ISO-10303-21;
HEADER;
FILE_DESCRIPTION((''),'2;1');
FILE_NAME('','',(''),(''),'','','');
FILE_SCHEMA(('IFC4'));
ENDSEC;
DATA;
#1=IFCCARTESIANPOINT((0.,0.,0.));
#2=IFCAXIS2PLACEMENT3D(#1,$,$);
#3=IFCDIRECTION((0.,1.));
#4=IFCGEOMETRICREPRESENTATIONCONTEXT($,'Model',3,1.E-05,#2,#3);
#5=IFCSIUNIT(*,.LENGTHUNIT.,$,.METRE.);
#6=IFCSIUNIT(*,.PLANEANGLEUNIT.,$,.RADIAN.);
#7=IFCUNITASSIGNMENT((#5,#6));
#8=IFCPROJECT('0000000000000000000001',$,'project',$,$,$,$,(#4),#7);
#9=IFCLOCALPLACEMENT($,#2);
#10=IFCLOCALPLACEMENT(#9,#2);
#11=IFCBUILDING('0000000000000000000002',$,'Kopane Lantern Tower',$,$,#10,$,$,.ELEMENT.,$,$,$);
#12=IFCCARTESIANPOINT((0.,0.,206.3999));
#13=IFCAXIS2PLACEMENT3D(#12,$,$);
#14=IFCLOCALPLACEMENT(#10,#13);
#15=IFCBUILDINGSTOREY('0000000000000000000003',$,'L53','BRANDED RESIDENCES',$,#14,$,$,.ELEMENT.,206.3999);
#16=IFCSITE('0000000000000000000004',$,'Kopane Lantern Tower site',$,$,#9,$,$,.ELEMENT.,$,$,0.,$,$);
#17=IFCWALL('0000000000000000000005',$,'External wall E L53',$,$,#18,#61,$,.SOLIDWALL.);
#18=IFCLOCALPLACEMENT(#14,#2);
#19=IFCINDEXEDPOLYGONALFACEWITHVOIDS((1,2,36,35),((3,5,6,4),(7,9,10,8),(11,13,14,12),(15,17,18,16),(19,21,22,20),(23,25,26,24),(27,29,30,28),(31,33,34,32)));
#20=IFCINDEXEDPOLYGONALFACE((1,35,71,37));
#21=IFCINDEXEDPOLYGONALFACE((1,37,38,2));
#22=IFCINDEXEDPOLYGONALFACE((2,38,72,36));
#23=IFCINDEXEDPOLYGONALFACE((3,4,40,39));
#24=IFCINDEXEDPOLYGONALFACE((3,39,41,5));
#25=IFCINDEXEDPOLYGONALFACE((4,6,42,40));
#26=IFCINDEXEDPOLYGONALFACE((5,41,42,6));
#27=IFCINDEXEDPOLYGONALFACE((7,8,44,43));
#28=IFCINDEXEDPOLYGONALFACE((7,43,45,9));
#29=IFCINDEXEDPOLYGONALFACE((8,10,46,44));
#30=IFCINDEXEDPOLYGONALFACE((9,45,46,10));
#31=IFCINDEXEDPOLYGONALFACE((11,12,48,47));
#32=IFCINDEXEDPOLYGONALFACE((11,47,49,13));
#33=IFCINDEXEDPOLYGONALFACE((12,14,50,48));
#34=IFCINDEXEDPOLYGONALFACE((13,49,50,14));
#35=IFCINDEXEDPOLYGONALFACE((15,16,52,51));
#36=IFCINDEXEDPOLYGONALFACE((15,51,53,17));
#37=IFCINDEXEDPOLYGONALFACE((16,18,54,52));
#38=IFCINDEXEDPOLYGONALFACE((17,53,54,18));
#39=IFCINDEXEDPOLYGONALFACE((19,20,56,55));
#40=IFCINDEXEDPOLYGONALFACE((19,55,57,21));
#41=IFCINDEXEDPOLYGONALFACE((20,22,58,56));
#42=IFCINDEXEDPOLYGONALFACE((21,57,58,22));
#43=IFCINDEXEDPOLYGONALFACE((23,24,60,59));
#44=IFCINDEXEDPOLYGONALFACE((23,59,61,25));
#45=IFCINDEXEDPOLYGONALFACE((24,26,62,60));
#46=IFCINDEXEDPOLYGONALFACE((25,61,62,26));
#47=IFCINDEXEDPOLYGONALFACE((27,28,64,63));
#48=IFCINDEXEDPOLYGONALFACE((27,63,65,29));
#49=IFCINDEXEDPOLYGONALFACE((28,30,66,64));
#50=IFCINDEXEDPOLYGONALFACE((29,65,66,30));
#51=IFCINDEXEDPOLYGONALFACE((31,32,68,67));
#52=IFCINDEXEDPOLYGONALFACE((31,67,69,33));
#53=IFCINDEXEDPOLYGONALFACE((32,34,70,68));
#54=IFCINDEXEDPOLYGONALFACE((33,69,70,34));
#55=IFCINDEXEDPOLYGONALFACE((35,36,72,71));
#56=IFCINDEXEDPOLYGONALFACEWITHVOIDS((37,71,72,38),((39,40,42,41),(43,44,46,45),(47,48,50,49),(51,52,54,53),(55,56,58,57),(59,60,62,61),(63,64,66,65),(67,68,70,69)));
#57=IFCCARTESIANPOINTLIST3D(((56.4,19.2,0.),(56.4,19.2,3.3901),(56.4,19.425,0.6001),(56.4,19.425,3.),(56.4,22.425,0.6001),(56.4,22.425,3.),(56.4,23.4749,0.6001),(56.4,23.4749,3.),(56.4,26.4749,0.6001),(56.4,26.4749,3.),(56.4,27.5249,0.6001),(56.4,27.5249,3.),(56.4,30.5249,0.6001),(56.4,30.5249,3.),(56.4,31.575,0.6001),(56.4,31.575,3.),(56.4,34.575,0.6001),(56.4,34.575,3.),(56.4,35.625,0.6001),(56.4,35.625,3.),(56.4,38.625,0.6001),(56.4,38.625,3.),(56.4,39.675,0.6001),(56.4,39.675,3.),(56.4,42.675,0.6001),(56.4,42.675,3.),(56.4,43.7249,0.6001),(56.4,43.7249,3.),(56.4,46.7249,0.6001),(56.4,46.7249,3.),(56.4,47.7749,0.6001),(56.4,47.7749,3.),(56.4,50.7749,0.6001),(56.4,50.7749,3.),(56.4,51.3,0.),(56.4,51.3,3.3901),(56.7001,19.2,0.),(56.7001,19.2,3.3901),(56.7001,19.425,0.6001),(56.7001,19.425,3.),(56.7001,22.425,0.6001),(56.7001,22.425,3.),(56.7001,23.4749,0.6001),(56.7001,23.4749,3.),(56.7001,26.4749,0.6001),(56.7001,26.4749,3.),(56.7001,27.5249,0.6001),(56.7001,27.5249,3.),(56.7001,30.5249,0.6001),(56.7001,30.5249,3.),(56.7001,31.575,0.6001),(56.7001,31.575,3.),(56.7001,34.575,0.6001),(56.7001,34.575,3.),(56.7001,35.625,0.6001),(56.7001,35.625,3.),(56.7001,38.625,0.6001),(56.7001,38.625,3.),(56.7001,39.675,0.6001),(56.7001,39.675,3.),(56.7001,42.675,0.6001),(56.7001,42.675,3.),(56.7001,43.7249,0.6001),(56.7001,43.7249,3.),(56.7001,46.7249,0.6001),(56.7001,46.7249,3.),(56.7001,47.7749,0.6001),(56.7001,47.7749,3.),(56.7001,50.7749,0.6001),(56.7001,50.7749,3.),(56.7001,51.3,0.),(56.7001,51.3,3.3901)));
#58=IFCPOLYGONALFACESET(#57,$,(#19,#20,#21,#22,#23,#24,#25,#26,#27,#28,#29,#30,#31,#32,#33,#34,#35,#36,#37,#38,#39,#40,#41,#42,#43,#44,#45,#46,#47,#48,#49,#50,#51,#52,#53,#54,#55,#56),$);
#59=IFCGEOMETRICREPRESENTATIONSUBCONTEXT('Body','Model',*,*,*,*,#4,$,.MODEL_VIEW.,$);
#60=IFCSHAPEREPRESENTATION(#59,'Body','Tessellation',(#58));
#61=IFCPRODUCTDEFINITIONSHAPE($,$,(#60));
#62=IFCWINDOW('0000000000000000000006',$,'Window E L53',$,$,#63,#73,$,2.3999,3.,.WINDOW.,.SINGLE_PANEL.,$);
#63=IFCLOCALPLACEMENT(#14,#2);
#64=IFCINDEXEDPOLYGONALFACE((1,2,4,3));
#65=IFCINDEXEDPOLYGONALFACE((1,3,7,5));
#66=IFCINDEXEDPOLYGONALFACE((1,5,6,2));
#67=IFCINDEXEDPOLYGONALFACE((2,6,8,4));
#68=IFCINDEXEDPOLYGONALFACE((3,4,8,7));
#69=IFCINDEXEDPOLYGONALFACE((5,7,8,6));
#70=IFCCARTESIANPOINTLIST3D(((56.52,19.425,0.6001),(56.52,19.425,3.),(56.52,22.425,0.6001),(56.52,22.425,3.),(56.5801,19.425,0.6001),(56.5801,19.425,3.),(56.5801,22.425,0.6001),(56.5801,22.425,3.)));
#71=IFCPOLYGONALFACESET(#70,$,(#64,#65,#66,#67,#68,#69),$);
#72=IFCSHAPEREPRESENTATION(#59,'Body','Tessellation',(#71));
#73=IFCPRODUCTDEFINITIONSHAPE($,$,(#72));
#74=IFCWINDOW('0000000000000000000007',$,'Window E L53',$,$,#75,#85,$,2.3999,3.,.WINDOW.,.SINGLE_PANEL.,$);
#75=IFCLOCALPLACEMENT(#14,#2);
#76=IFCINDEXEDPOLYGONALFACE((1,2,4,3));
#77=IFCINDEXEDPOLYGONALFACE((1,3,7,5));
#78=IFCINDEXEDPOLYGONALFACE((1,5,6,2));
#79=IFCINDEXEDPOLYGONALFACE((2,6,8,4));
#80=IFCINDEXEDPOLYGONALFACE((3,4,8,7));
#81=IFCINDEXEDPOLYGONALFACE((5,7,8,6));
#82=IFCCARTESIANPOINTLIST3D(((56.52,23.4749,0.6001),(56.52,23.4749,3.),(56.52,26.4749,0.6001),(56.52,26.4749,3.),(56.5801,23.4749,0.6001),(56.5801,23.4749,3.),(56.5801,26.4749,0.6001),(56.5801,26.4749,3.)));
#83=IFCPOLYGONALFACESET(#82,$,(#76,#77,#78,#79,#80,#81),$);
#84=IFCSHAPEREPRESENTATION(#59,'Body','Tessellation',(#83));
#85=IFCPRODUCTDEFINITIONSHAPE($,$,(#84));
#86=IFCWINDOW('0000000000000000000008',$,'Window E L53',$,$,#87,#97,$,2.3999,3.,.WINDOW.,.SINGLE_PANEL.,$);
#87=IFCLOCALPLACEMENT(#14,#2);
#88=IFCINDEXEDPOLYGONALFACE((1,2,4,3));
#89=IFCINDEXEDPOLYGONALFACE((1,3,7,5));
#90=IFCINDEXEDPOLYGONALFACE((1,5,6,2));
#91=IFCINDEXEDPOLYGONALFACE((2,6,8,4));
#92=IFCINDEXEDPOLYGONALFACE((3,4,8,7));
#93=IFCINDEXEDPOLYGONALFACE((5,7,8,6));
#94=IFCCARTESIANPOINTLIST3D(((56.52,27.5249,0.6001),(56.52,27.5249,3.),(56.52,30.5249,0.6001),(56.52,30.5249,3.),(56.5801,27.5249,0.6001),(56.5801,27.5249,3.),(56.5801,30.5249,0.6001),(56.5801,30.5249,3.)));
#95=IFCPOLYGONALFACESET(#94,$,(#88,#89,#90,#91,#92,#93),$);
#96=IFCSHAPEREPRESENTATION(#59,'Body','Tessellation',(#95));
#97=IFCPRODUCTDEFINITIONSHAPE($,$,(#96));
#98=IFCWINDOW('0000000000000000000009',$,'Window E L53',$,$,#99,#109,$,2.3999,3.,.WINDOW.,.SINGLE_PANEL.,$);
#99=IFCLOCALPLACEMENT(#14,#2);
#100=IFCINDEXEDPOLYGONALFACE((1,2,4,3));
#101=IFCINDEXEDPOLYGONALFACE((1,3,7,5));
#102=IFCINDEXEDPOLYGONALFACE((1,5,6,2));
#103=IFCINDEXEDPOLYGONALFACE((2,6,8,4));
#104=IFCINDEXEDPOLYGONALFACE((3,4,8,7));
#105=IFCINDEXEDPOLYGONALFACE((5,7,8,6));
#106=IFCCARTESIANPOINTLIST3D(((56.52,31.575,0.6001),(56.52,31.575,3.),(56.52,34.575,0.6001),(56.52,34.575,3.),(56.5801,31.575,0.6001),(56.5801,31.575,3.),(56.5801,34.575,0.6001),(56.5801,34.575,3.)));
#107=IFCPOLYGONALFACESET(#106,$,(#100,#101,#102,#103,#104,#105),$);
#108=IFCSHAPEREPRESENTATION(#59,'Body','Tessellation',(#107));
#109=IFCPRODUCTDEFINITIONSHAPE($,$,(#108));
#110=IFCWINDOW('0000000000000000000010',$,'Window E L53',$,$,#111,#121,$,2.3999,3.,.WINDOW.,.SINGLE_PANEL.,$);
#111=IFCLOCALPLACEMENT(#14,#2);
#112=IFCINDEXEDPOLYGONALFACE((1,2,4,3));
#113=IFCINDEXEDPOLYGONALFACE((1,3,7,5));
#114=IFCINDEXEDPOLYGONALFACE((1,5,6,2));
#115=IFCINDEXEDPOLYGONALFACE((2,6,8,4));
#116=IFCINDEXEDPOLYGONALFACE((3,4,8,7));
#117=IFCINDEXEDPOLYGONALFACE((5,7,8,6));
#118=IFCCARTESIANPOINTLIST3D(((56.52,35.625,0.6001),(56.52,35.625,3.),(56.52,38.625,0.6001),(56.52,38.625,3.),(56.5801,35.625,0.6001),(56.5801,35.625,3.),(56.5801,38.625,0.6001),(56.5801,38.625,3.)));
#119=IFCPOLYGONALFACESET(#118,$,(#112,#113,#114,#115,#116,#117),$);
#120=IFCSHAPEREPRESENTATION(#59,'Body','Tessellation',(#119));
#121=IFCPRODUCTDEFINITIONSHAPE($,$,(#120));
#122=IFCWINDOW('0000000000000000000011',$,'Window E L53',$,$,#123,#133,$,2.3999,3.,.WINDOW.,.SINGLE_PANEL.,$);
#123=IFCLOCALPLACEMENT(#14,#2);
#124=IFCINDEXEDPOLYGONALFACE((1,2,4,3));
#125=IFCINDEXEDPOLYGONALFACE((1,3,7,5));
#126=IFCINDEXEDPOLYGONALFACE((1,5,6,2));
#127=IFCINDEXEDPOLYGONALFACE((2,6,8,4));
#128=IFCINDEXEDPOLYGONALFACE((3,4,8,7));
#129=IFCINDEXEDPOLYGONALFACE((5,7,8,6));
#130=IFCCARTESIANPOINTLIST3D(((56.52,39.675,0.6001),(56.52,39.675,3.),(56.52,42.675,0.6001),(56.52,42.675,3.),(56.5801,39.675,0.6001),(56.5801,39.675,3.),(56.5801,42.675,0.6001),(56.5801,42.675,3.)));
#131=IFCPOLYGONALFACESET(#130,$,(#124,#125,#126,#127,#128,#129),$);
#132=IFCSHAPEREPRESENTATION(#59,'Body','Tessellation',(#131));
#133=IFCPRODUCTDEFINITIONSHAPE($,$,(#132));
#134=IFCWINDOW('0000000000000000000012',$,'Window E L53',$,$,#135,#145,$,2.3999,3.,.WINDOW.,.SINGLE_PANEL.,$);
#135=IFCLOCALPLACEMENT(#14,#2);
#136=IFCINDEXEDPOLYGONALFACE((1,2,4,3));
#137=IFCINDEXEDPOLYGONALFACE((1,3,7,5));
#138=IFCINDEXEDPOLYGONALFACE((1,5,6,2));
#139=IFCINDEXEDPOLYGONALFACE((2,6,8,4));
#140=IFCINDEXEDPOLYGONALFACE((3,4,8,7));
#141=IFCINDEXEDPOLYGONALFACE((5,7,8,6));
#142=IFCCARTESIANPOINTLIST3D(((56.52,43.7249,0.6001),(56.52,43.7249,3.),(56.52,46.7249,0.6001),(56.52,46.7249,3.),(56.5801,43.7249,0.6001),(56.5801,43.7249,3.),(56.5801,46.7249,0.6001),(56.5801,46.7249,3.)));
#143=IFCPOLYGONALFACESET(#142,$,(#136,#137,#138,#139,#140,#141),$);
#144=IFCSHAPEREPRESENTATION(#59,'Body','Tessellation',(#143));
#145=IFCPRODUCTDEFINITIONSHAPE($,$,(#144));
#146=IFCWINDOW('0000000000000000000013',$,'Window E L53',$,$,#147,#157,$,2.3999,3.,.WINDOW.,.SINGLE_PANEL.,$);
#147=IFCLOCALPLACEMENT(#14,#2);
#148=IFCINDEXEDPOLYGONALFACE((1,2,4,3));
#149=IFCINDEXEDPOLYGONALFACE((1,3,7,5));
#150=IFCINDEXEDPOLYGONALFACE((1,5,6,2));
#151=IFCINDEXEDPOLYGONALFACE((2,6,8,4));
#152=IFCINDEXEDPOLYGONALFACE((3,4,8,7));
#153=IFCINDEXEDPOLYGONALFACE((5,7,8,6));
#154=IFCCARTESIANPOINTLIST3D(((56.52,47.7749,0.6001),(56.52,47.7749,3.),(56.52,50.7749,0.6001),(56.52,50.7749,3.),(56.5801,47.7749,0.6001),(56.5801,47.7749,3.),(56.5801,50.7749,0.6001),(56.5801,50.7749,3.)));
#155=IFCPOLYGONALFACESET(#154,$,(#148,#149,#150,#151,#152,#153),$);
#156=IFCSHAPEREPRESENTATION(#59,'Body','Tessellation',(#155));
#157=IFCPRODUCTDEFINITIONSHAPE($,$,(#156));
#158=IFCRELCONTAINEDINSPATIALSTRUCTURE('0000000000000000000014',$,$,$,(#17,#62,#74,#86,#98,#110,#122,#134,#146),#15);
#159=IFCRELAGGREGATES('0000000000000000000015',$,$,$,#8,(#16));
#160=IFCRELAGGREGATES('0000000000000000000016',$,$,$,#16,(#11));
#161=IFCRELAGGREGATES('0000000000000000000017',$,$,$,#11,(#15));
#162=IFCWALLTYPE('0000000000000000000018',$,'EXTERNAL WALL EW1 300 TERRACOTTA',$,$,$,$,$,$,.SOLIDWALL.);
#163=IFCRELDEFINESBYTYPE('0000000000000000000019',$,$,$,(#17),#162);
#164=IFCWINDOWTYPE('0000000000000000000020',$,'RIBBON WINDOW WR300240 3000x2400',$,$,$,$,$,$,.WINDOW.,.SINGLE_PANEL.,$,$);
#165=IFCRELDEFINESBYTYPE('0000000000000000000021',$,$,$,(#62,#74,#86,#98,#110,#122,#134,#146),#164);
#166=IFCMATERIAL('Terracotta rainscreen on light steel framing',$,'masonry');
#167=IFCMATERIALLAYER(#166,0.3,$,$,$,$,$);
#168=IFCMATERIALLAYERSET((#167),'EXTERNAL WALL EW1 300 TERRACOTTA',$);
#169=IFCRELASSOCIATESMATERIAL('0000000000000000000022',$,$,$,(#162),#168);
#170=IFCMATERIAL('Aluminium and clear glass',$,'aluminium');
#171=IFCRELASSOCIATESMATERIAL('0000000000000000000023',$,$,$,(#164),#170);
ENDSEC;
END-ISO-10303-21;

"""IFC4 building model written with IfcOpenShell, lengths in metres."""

from ifc_helpers import new_model, si_unit, direction, frame, frame_2d, origin, place, context, subcontext, project, spatial, rectangle, extrude, material, layer, layer_set, type_object, element, fill, save


model = new_model("IFC4")

# Units and contexts
model_context = context("Model", 3, precision=1e-05, world=origin(), true_north=direction((0.0, 1.0)))
body_context = subcontext(model_context, "Body", "Model", "MODEL_VIEW")
ifc_project = project(units=[si_unit("LENGTHUNIT", "METRE"), si_unit("PLANEANGLEUNIT", "RADIAN")], contexts=[model_context])

# Site, building, storey
site_placement = place(None, origin())
site = spatial("IfcSite", under=ifc_project, at=site_placement, Name="Kopane Lantern Tower site", CompositionType="ELEMENT", RefElevation=0.0)
building_placement = place(site_placement, origin())
building = spatial("IfcBuilding", under=site, at=building_placement, Name="Kopane Lantern Tower", CompositionType="ELEMENT")
storey_placement = place(building_placement, frame((0.0, 0.0, 206.3999)))
storey = spatial("IfcBuildingStorey", under=building, at=storey_placement, Name="L53", Description="BRANDED RESIDENCES", CompositionType="ELEMENT", Elevation=206.3999)

# Shared definitions
ifc_material_1 = material(Name="Terracotta rainscreen on light steel framing", Category="masonry")
ifc_layer_1 = layer(ifc_material_1, 0.3)
ifc_layer_set_1 = layer_set([ifc_layer_1], Name="EXTERNAL WALL EW1 300 TERRACOTTA")
wall_type_1 = type_object("IfcWallType", Name="EXTERNAL WALL EW1 300 TERRACOTTA", PredefinedType="SOLIDWALL", material=ifc_layer_set_1)

# Wall, openings, windows
wall_1_placement = place(storey_placement, frame((56.55, 19.2, 0.0), z_axis=(0.0, 0.0, 1.0), x_axis=(0.0, 1.0, 0.0)))
wall_1 = element("IfcWall", 1, at=wall_1_placement, inside=storey, type_object=wall_type_1, Name="External wall E L53", PredefinedType="SOLIDWALL", context=body_context, shape_type="SweptSolid", body=[
    extrude(rectangle(XDim=32.1001, YDim=0.3, at=frame_2d((16.05, 0.0))), origin(), (0.0, 0.0, 1.0), 3.3901),
])
opening_1_placement = place(wall_1_placement, frame((0.2251, 0.0, 0.6001)))
opening_1 = element("IfcOpeningElement", 2, at=opening_1_placement, cuts=wall_1, PredefinedType="OPENING", context=body_context, shape_type="SweptSolid", body=[
    extrude(rectangle(XDim=3.0, YDim=2.3999, at=frame_2d((1.5, 1.2))), frame((0.0, 0.1599, 0.0), z_axis=(0.0, -1.0, 0.0), x_axis=(1.0, 0.0, 0.0)), (0.0, 0.0, 1.0), 0.3201),
])
opening_2_placement = place(wall_1_placement, frame((4.2749, 0.0, 0.6001)))
opening_2 = element("IfcOpeningElement", 3, at=opening_2_placement, cuts=wall_1, PredefinedType="OPENING", context=body_context, shape_type="SweptSolid", body=[
    extrude(rectangle(XDim=3.0, YDim=2.3999, at=frame_2d((1.5, 1.2))), frame((0.0, 0.1599, 0.0), z_axis=(0.0, -1.0, 0.0), x_axis=(1.0, 0.0, 0.0)), (0.0, 0.0, 1.0), 0.3201),
])
opening_3_placement = place(wall_1_placement, frame((8.325, 0.0, 0.6001)))
opening_3 = element("IfcOpeningElement", 4, at=opening_3_placement, cuts=wall_1, PredefinedType="OPENING", context=body_context, shape_type="SweptSolid", body=[
    extrude(rectangle(XDim=3.0, YDim=2.3999, at=frame_2d((1.5, 1.2))), frame((0.0, 0.1599, 0.0), z_axis=(0.0, -1.0, 0.0), x_axis=(1.0, 0.0, 0.0)), (0.0, 0.0, 1.0), 0.3201),
])
opening_4_placement = place(wall_1_placement, frame((12.375, 0.0, 0.6001)))
opening_4 = element("IfcOpeningElement", 5, at=opening_4_placement, cuts=wall_1, PredefinedType="OPENING", context=body_context, shape_type="SweptSolid", body=[
    extrude(rectangle(XDim=3.0, YDim=2.3999, at=frame_2d((1.5, 1.2))), frame((0.0, 0.1599, 0.0), z_axis=(0.0, -1.0, 0.0), x_axis=(1.0, 0.0, 0.0)), (0.0, 0.0, 1.0), 0.3201),
])
opening_5_placement = place(wall_1_placement, frame((16.425, 0.0, 0.6001)))
opening_5 = element("IfcOpeningElement", 6, at=opening_5_placement, cuts=wall_1, PredefinedType="OPENING", context=body_context, shape_type="SweptSolid", body=[
    extrude(rectangle(XDim=3.0, YDim=2.3999, at=frame_2d((1.5, 1.2))), frame((0.0, 0.1599, 0.0), z_axis=(0.0, -1.0, 0.0), x_axis=(1.0, 0.0, 0.0)), (0.0, 0.0, 1.0), 0.3201),
])
opening_6_placement = place(wall_1_placement, frame((20.4751, 0.0, 0.6001)))
opening_6 = element("IfcOpeningElement", 7, at=opening_6_placement, cuts=wall_1, PredefinedType="OPENING", context=body_context, shape_type="SweptSolid", body=[
    extrude(rectangle(XDim=3.0, YDim=2.3999, at=frame_2d((1.5, 1.2))), frame((0.0, 0.1599, 0.0), z_axis=(0.0, -1.0, 0.0), x_axis=(1.0, 0.0, 0.0)), (0.0, 0.0, 1.0), 0.3201),
])
opening_7_placement = place(wall_1_placement, frame((24.5249, 0.0, 0.6001)))
opening_7 = element("IfcOpeningElement", 8, at=opening_7_placement, cuts=wall_1, PredefinedType="OPENING", context=body_context, shape_type="SweptSolid", body=[
    extrude(rectangle(XDim=3.0, YDim=2.3999, at=frame_2d((1.5, 1.2))), frame((0.0, 0.1599, 0.0), z_axis=(0.0, -1.0, 0.0), x_axis=(1.0, 0.0, 0.0)), (0.0, 0.0, 1.0), 0.3201),
])
opening_8_placement = place(wall_1_placement, frame((28.575, 0.0, 0.6001)))
opening_8 = element("IfcOpeningElement", 9, at=opening_8_placement, cuts=wall_1, PredefinedType="OPENING", context=body_context, shape_type="SweptSolid", body=[
    extrude(rectangle(XDim=3.0, YDim=2.3999, at=frame_2d((1.5, 1.2))), frame((0.0, 0.1599, 0.0), z_axis=(0.0, -1.0, 0.0), x_axis=(1.0, 0.0, 0.0)), (0.0, 0.0, 1.0), 0.3201),
])
ifc_material_2 = material(Name="Aluminium and clear glass", Category="aluminium")
window_type_1 = type_object("IfcWindowType", Name="RIBBON WINDOW WR300240 3000x2400", PartitioningType="SINGLE_PANEL", PredefinedType="WINDOW", material=ifc_material_2)
window_1_placement = place(opening_1_placement, origin())
window_1 = element("IfcWindow", 10, at=window_1_placement, inside=storey, type_object=window_type_1, Name="Window E L53", OverallHeight=2.3999, OverallWidth=3.0, PartitioningType="SINGLE_PANEL", PredefinedType="WINDOW", context=body_context, shape_type="SweptSolid", body=[
    extrude(rectangle(XDim=3.0, YDim=2.3999, at=frame_2d((1.5, 1.2))), frame((0.0, 0.03, 0.0), z_axis=(0.0, -1.0, 0.0), x_axis=(1.0, 0.0, 0.0)), (0.0, 0.0, 1.0), 0.0601),
])
fill(opening_1, window_1)
window_2_placement = place(opening_2_placement, origin())
window_2 = element("IfcWindow", 11, at=window_2_placement, inside=storey, type_object=window_type_1, Name="Window E L53", OverallHeight=2.3999, OverallWidth=3.0, PartitioningType="SINGLE_PANEL", PredefinedType="WINDOW", context=body_context, shape_type="SweptSolid", body=[
    extrude(rectangle(XDim=3.0, YDim=2.3999, at=frame_2d((1.5, 1.2))), frame((0.0, 0.03, 0.0), z_axis=(0.0, -1.0, 0.0), x_axis=(1.0, 0.0, 0.0)), (0.0, 0.0, 1.0), 0.0601),
])
fill(opening_2, window_2)
window_3_placement = place(opening_3_placement, origin())
window_3 = element("IfcWindow", 12, at=window_3_placement, inside=storey, type_object=window_type_1, Name="Window E L53", OverallHeight=2.3999, OverallWidth=3.0, PartitioningType="SINGLE_PANEL", PredefinedType="WINDOW", context=body_context, shape_type="SweptSolid", body=[
    extrude(rectangle(XDim=3.0, YDim=2.3999, at=frame_2d((1.5, 1.2))), frame((0.0, 0.03, 0.0), z_axis=(0.0, -1.0, 0.0), x_axis=(1.0, 0.0, 0.0)), (0.0, 0.0, 1.0), 0.0601),
])
fill(opening_3, window_3)
window_4_placement = place(opening_4_placement, origin())
window_4 = element("IfcWindow", 13, at=window_4_placement, inside=storey, type_object=window_type_1, Name="Window E L53", OverallHeight=2.3999, OverallWidth=3.0, PartitioningType="SINGLE_PANEL", PredefinedType="WINDOW", context=body_context, shape_type="SweptSolid", body=[
    extrude(rectangle(XDim=3.0, YDim=2.3999, at=frame_2d((1.5, 1.2))), frame((0.0, 0.03, 0.0), z_axis=(0.0, -1.0, 0.0), x_axis=(1.0, 0.0, 0.0)), (0.0, 0.0, 1.0), 0.0601),
])
fill(opening_4, window_4)
window_5_placement = place(opening_5_placement, origin())
window_5 = element("IfcWindow", 14, at=window_5_placement, inside=storey, type_object=window_type_1, Name="Window E L53", OverallHeight=2.3999, OverallWidth=3.0, PartitioningType="SINGLE_PANEL", PredefinedType="WINDOW", context=body_context, shape_type="SweptSolid", body=[
    extrude(rectangle(XDim=3.0, YDim=2.3999, at=frame_2d((1.5, 1.2))), frame((0.0, 0.03, 0.0), z_axis=(0.0, -1.0, 0.0), x_axis=(1.0, 0.0, 0.0)), (0.0, 0.0, 1.0), 0.0601),
])
fill(opening_5, window_5)
window_6_placement = place(opening_6_placement, origin())
window_6 = element("IfcWindow", 15, at=window_6_placement, inside=storey, type_object=window_type_1, Name="Window E L53", OverallHeight=2.3999, OverallWidth=3.0, PartitioningType="SINGLE_PANEL", PredefinedType="WINDOW", context=body_context, shape_type="SweptSolid", body=[
    extrude(rectangle(XDim=3.0, YDim=2.3999, at=frame_2d((1.5, 1.2))), frame((0.0, 0.03, 0.0), z_axis=(0.0, -1.0, 0.0), x_axis=(1.0, 0.0, 0.0)), (0.0, 0.0, 1.0), 0.0601),
])
fill(opening_6, window_6)
window_7_placement = place(opening_7_placement, origin())
window_7 = element("IfcWindow", 16, at=window_7_placement, inside=storey, type_object=window_type_1, Name="Window E L53", OverallHeight=2.3999, OverallWidth=3.0, PartitioningType="SINGLE_PANEL", PredefinedType="WINDOW", context=body_context, shape_type="SweptSolid", body=[
    extrude(rectangle(XDim=3.0, YDim=2.3999, at=frame_2d((1.5, 1.2))), frame((0.0, 0.03, 0.0), z_axis=(0.0, -1.0, 0.0), x_axis=(1.0, 0.0, 0.0)), (0.0, 0.0, 1.0), 0.0601),
])
fill(opening_7, window_7)
window_8_placement = place(opening_8_placement, origin())
window_8 = element("IfcWindow", 17, at=window_8_placement, inside=storey, type_object=window_type_1, Name="Window E L53", OverallHeight=2.3999, OverallWidth=3.0, PartitioningType="SINGLE_PANEL", PredefinedType="WINDOW", context=body_context, shape_type="SweptSolid", body=[
    extrude(rectangle(XDim=3.0, YDim=2.3999, at=frame_2d((1.5, 1.2))), frame((0.0, 0.03, 0.0), z_axis=(0.0, -1.0, 0.0), x_axis=(1.0, 0.0, 0.0)), (0.0, 0.0, 1.0), 0.0601),
])
fill(opening_8, window_8)

save(model, "model.ifc")
